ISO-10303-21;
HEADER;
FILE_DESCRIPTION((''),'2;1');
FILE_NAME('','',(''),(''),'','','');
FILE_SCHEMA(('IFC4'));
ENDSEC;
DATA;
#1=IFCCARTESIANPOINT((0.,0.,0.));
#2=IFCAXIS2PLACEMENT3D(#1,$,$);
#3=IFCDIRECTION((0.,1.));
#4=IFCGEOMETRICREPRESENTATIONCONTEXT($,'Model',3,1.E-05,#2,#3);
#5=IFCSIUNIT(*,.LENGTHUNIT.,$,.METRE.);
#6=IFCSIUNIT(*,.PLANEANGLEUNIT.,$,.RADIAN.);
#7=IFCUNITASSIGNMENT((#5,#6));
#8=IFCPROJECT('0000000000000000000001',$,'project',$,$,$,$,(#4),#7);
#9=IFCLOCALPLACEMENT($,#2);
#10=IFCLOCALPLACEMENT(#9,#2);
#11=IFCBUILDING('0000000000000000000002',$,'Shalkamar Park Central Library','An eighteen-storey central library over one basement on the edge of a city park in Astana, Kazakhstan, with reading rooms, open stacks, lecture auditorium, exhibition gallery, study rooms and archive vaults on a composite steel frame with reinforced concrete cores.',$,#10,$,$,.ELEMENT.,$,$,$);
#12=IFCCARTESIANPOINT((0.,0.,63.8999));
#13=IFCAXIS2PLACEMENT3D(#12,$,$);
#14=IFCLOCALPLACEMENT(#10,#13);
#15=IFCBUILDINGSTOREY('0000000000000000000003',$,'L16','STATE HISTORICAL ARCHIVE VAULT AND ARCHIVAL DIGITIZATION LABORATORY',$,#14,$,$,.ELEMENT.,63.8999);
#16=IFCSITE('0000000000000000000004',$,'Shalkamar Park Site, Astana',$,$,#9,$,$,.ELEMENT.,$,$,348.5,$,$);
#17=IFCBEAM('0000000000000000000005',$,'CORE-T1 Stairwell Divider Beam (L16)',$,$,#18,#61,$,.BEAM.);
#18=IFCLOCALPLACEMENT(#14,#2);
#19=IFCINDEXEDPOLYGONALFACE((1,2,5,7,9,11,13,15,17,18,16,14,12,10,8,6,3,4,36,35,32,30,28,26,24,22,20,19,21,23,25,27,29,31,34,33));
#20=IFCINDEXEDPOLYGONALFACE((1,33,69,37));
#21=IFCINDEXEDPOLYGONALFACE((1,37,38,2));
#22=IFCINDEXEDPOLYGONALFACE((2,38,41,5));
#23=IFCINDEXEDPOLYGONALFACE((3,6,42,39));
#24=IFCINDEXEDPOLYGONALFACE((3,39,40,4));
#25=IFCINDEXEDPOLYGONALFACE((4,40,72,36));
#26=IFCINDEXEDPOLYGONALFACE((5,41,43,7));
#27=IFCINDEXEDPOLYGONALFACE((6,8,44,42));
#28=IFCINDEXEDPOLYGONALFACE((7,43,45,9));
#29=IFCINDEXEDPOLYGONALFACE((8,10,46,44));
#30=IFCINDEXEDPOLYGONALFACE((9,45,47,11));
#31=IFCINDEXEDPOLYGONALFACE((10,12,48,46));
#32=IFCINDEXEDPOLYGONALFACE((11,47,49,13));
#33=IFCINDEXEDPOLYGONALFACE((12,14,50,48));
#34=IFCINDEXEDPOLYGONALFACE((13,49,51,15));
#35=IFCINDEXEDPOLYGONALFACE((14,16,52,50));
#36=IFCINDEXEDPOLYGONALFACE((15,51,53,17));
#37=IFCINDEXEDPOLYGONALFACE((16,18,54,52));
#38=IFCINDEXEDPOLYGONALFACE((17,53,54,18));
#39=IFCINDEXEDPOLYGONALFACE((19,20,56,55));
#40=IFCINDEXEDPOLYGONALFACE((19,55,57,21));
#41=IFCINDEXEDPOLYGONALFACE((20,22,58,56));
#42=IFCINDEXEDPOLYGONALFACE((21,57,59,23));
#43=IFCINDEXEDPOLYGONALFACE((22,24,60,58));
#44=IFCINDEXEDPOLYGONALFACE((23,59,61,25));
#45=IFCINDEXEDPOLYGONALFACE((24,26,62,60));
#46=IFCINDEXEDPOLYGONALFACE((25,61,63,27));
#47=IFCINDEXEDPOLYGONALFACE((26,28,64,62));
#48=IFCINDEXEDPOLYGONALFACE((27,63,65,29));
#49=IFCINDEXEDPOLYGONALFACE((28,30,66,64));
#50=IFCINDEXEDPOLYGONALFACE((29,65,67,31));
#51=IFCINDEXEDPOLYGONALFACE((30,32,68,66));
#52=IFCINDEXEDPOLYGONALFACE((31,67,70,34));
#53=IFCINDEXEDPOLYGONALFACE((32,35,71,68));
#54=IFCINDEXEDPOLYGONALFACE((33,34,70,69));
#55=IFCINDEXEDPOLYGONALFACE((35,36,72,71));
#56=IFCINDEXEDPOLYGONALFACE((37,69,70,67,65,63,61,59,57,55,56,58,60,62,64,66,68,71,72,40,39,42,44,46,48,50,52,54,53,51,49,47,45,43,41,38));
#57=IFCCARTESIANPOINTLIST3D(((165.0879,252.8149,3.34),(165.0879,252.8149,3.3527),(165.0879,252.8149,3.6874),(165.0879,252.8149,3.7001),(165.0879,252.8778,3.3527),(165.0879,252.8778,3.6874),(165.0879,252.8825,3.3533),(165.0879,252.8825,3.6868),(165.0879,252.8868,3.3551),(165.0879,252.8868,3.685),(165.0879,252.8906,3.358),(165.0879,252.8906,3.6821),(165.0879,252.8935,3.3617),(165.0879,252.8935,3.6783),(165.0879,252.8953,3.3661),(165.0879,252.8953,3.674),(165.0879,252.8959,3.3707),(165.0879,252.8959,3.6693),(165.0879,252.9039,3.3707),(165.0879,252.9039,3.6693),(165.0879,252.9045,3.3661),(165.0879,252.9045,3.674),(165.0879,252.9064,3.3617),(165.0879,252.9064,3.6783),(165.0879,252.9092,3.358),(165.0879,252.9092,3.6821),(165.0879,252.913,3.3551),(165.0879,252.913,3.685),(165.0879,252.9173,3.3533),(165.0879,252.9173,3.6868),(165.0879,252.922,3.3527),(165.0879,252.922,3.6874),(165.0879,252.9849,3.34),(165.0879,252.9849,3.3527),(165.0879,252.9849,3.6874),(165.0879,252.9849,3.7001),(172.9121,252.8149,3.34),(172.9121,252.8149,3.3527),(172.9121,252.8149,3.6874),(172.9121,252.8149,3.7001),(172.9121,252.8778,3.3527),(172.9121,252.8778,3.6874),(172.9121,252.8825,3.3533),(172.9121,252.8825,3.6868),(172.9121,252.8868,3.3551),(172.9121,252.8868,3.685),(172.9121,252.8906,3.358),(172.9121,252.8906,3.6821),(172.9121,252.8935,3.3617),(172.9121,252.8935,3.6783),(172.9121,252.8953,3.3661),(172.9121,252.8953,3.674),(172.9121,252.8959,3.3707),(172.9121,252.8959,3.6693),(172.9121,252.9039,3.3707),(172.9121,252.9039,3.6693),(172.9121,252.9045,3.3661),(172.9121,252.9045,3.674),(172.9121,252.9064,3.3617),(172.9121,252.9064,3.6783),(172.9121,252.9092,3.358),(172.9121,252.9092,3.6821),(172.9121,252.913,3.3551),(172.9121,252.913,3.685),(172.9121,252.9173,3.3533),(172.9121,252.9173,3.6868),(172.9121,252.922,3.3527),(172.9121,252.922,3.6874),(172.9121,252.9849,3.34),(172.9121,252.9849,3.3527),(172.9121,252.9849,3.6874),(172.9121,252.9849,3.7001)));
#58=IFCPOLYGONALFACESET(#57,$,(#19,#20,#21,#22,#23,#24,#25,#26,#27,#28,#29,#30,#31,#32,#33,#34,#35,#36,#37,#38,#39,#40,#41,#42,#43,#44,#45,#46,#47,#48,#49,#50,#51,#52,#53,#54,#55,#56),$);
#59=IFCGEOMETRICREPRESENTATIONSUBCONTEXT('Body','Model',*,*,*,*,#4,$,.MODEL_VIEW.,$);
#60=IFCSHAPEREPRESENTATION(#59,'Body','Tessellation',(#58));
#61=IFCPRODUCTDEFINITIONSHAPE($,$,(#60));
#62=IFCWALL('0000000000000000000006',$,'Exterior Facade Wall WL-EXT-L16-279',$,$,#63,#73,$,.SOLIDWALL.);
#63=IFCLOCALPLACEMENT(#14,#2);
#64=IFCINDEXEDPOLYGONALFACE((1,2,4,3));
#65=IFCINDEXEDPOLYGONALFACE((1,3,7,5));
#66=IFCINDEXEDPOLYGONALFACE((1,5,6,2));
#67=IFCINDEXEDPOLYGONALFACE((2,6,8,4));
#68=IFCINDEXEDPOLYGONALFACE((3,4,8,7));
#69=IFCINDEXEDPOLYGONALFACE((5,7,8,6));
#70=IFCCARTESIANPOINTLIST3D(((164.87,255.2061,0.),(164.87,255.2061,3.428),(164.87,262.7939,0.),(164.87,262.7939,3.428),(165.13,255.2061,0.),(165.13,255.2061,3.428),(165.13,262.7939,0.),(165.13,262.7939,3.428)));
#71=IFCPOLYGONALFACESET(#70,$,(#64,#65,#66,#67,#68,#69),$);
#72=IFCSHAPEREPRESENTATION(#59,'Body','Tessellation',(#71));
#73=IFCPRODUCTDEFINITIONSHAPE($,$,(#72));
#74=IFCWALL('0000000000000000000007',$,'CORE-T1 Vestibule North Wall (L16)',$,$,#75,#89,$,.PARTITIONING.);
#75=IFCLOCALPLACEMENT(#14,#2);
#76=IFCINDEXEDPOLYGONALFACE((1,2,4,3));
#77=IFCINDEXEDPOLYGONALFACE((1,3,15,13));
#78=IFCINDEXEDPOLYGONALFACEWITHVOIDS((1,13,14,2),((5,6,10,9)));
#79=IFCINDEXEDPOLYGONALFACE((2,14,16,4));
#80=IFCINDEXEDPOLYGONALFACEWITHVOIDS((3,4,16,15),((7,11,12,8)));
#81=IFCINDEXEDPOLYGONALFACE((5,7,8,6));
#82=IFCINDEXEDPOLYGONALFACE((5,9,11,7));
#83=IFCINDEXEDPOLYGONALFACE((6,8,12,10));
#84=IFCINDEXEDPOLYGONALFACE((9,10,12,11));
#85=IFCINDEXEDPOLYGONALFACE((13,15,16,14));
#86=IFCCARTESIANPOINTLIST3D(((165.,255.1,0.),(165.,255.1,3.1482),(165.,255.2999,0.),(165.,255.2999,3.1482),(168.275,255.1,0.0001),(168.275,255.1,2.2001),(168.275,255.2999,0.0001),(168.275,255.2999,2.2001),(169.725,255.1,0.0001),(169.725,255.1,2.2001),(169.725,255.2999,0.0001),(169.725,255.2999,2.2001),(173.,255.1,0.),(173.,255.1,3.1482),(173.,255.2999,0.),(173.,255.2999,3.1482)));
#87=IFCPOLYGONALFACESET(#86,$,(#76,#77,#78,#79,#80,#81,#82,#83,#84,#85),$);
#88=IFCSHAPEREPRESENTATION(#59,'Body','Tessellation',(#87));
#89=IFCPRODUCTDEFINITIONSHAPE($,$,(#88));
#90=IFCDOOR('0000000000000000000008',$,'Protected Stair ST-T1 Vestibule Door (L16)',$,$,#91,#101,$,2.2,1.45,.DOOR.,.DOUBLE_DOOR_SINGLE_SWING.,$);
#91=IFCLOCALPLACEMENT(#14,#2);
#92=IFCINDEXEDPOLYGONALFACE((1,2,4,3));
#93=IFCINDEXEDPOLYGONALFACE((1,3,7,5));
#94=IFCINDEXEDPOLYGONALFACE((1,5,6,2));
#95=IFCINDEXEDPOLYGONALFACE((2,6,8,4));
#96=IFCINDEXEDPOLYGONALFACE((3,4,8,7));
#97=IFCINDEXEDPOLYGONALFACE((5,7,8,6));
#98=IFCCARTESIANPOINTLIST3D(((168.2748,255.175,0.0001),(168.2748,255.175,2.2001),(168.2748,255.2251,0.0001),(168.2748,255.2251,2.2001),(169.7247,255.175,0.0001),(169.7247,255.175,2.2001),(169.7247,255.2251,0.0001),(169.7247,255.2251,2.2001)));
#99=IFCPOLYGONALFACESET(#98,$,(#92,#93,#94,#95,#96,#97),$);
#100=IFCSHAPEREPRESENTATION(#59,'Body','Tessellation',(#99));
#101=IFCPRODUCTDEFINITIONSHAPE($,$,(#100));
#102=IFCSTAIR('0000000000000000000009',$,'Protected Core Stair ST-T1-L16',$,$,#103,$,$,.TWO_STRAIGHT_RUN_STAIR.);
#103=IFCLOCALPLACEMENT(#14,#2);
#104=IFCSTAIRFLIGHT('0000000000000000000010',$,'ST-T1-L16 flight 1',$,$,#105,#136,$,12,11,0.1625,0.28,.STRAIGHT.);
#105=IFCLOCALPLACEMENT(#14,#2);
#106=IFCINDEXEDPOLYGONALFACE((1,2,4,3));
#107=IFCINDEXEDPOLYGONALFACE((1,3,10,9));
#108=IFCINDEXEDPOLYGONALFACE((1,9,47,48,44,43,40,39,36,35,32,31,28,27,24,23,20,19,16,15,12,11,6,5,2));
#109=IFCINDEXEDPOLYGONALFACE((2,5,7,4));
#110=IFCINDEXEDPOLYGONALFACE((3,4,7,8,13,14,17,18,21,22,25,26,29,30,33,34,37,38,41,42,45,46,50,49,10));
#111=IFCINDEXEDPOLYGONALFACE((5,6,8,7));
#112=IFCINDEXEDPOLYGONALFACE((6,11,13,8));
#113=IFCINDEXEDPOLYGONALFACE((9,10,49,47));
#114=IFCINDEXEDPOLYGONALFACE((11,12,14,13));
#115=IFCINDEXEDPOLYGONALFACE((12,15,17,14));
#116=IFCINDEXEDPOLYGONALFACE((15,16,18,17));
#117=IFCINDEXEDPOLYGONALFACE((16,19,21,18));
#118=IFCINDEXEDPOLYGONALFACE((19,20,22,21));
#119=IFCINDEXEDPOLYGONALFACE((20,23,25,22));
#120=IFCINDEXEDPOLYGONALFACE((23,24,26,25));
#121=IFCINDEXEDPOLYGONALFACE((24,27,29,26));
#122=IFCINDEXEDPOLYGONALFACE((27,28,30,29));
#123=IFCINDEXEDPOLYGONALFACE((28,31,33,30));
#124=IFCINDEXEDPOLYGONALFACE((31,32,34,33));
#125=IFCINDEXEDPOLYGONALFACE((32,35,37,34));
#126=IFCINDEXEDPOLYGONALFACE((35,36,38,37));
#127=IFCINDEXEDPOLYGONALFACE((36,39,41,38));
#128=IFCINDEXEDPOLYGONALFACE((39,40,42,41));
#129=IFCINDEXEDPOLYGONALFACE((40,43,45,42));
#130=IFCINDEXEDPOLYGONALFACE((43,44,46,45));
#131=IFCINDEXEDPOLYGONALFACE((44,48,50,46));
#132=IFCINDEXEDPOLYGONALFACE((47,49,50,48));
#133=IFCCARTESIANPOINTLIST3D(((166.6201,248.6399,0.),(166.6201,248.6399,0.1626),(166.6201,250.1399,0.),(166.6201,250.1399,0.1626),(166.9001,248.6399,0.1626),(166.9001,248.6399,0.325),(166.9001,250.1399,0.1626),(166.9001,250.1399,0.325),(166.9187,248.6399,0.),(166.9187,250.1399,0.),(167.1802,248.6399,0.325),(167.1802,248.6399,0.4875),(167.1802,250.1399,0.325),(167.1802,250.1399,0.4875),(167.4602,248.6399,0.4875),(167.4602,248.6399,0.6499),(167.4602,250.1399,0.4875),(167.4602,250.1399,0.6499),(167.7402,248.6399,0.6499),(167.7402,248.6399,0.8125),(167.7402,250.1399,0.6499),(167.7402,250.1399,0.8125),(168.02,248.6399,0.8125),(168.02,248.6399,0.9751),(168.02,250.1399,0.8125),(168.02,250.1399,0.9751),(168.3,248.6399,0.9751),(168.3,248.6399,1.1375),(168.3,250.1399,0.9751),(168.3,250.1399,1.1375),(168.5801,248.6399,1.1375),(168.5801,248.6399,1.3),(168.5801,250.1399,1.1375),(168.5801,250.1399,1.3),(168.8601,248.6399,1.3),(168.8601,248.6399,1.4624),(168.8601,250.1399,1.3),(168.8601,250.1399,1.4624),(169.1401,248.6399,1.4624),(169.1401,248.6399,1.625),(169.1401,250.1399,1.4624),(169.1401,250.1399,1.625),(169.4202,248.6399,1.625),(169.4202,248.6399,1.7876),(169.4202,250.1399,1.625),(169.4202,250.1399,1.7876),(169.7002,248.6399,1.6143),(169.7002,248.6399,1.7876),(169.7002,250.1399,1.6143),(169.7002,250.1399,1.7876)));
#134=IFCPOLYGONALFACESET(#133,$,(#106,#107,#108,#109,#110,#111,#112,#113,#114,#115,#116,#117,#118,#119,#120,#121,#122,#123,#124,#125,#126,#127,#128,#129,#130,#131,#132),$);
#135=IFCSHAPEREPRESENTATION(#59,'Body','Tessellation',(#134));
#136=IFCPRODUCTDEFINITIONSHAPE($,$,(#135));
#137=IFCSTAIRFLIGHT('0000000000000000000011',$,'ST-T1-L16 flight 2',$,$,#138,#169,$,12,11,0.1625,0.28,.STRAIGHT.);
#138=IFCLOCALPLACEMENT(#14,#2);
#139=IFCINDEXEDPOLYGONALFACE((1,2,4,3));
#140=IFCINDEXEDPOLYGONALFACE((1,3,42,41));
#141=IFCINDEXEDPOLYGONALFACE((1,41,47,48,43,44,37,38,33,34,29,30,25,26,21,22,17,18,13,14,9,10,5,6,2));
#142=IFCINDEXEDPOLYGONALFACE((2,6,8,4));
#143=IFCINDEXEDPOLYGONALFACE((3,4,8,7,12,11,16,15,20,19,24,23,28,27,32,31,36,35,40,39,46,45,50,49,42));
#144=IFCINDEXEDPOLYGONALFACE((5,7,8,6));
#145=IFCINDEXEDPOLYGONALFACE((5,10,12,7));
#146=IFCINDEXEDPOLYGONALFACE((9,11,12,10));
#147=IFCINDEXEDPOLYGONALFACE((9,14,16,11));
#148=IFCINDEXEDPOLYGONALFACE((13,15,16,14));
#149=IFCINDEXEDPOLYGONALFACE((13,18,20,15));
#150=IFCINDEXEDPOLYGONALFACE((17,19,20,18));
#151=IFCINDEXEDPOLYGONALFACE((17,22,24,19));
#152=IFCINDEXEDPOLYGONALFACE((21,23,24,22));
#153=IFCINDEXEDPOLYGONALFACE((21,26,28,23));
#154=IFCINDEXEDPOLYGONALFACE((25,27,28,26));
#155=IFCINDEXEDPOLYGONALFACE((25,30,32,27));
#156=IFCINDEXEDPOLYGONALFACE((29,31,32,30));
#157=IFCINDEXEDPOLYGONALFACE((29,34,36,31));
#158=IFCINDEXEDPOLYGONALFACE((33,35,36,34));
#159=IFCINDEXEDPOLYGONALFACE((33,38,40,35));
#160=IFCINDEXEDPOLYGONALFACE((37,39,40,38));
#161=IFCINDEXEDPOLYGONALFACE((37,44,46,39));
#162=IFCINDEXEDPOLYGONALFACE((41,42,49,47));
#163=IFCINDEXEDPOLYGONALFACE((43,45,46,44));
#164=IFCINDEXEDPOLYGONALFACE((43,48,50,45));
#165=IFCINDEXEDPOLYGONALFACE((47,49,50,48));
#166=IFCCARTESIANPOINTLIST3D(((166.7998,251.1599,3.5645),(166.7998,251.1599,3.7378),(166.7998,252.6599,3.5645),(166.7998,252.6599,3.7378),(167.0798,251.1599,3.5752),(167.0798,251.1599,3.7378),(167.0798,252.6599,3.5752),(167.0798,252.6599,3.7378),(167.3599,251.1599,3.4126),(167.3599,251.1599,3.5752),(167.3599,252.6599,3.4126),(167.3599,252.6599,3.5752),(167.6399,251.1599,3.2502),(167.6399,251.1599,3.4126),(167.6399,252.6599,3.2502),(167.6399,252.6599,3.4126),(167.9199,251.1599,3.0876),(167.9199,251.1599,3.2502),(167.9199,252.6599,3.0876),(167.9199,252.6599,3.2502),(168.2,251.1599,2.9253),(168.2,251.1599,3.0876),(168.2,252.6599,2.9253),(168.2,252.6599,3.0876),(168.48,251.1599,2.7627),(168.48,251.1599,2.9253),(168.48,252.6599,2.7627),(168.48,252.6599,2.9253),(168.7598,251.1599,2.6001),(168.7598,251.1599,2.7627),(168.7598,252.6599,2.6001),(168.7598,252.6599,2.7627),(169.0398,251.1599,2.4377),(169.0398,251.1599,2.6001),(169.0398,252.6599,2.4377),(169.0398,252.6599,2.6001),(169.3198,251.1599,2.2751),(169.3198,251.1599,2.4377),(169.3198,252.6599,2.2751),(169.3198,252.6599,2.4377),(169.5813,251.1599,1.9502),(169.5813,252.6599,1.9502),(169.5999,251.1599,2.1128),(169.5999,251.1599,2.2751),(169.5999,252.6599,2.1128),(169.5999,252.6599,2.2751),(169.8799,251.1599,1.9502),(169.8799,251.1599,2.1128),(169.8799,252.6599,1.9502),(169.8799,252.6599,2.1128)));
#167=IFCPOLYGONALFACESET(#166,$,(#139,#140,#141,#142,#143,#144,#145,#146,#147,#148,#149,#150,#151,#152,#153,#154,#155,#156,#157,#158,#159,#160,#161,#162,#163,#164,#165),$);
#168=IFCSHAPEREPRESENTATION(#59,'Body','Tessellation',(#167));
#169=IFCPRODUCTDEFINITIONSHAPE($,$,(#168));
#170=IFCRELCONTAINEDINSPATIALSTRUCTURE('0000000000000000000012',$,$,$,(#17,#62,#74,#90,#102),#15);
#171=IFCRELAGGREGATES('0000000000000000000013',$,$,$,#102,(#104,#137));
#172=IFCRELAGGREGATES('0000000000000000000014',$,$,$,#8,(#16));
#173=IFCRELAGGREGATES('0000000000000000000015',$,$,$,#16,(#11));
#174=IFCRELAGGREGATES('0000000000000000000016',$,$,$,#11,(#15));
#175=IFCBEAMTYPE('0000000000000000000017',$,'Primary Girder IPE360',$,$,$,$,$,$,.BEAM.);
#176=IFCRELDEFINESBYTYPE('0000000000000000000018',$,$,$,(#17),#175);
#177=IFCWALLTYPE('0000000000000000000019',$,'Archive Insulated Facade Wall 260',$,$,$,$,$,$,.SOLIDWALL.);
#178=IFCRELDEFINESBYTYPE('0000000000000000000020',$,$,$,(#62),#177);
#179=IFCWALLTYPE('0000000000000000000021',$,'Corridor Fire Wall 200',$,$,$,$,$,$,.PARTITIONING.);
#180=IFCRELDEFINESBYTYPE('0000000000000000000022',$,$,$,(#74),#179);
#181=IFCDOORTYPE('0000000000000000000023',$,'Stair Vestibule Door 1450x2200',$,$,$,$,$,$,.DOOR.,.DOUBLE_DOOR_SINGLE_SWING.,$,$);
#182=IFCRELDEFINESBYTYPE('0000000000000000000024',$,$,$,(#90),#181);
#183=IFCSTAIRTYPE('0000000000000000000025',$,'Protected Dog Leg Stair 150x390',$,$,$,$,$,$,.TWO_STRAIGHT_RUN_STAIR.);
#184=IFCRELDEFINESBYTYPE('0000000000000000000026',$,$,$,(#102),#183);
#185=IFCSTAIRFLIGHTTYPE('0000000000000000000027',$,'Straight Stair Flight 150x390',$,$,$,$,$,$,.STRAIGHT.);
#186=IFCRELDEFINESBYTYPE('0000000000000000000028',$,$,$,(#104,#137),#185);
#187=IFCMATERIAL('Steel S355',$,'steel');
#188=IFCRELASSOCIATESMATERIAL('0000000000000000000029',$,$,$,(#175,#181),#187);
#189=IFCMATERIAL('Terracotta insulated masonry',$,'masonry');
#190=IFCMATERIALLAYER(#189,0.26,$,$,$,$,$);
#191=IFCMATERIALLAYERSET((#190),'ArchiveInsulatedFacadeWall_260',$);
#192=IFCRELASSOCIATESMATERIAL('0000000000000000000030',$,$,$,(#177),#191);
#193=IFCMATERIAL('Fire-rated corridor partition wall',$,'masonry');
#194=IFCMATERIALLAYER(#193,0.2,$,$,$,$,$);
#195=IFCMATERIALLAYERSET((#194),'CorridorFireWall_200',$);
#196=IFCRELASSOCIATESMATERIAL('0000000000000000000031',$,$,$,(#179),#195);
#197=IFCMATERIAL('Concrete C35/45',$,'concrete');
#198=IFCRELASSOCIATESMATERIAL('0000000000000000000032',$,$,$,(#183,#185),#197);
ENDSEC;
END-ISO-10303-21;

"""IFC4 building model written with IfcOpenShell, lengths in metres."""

from ifc_helpers import new_model, si_unit, direction, frame, frame_2d, origin, origin_2d, place, context, subcontext, project, spatial, polyline, rectangle, i_section, outline, extrude, material, layer, layer_set, material_profile, profile_set, type_object, element, fill, aggregate, save


model = new_model("IFC4")

# Units and contexts
model_context = context("Model", 3, precision=1e-05, world=origin(), true_north=direction((0.0, 1.0)))
body_context = subcontext(model_context, "Body", "Model", "MODEL_VIEW")
ifc_project = project(units=[si_unit("LENGTHUNIT", "METRE"), si_unit("PLANEANGLEUNIT", "RADIAN")], contexts=[model_context])

# Site, building, storey
site_placement = place(None, origin())
site = spatial("IfcSite", under=ifc_project, at=site_placement, Name="Shalkamar Park Site, Astana", CompositionType="ELEMENT", RefElevation=348.5)
building_placement = place(site_placement, origin())
building = spatial("IfcBuilding", under=site, at=building_placement, Name="Shalkamar Park Central Library", Description="An eighteen-storey central library over one basement on the edge of a city park in Astana, Kazakhstan, with reading rooms, open stacks, lecture auditorium, exhibition gallery, study rooms and archive vaults on a composite steel frame with reinforced concrete cores.", CompositionType="ELEMENT")
storey_placement = place(building_placement, frame((0.0, 0.0, 63.8999)))
storey = spatial("IfcBuildingStorey", under=building, at=storey_placement, Name="L16", Description="STATE HISTORICAL ARCHIVE VAULT AND ARCHIVAL DIGITIZATION LABORATORY", CompositionType="ELEMENT", Elevation=63.8999)

# Shared definitions
ifc_material_1 = material(Name="Steel S355", Category="steel")

# Beam
ifc_material_profile_1 = material_profile(ifc_material_1, i_section(OverallWidth=0.1699, OverallDepth=0.3601, WebThickness=0.0081, FlangeThickness=0.0127, FilletRadius=0.0181, at=origin_2d()), Name="IPE 360")
ifc_profile_set_1 = profile_set([ifc_material_profile_1], Name="Steel S355")
beam_type_1 = type_object("IfcBeamType", Name="Primary Girder IPE360", PredefinedType="BEAM", material=ifc_profile_set_1)
beam_1_placement = place(storey_placement, frame((165.0879, 252.8999, 3.52), z_axis=(1.0, 0.0, 0.0), x_axis=(0.0, 1.0, 0.0)))
element("IfcBeam", 1, at=beam_1_placement, inside=storey, type_object=beam_type_1, Name="CORE-T1 Stairwell Divider Beam (L16)", PredefinedType="BEAM", context=body_context, shape_type="SweptSolid", body=[
    extrude(i_section(OverallWidth=0.1699, OverallDepth=0.3601, WebThickness=0.0081, FlangeThickness=0.0127, FilletRadius=0.0181, at=origin_2d()), origin(), (0.0, 0.0, 1.0), 7.8242),
])

# Wall
ifc_material_2 = material(Name="Terracotta insulated masonry", Category="masonry")
ifc_layer_1 = layer(ifc_material_2, 0.26)
ifc_layer_set_1 = layer_set([ifc_layer_1], Name="ArchiveInsulatedFacadeWall_260")
wall_type_1 = type_object("IfcWallType", Name="Archive Insulated Facade Wall 260", PredefinedType="SOLIDWALL", material=ifc_layer_set_1)
wall_1_placement = place(storey_placement, frame((165.0, 255.2061, 0.0), z_axis=(0.0, 0.0, 1.0), x_axis=(0.0, 1.0, 0.0)))
element("IfcWall", 2, at=wall_1_placement, inside=storey, type_object=wall_type_1, Name="Exterior Facade Wall WL-EXT-L16-279", PredefinedType="SOLIDWALL", context=body_context, shape_type="SweptSolid", body=[
    extrude(rectangle(XDim=7.5879, YDim=0.26, at=frame_2d((3.7939, 0.0))), origin(), (0.0, 0.0, 1.0), 3.428),
])

# Wall, opening, door
ifc_material_3 = material(Name="Fire-rated corridor partition wall", Category="masonry")
ifc_layer_2 = layer(ifc_material_3, 0.2)
ifc_layer_set_2 = layer_set([ifc_layer_2], Name="CorridorFireWall_200")
wall_type_2 = type_object("IfcWallType", Name="Corridor Fire Wall 200", PredefinedType="PARTITIONING", material=ifc_layer_set_2)
wall_2_placement = place(storey_placement, frame((165.0, 255.2, 0.0), z_axis=(0.0, 0.0, 1.0), x_axis=(1.0, 0.0, 0.0)))
wall_2 = element("IfcWall", 3, at=wall_2_placement, inside=storey, type_object=wall_type_2, Name="CORE-T1 Vestibule North Wall (L16)", PredefinedType="PARTITIONING", context=body_context, shape_type="SweptSolid", body=[
    extrude(rectangle(XDim=8.0, YDim=0.2, at=frame_2d((4.0, 0.0))), origin(), (0.0, 0.0, 1.0), 3.1482),
])
opening_1_placement = place(wall_2_placement, frame((3.2749, 0.0, 0.0)))
opening_1 = element("IfcOpeningElement", 4, at=opening_1_placement, cuts=wall_2, PredefinedType="OPENING", context=body_context, shape_type="SweptSolid", body=[
    extrude(rectangle(XDim=1.45, YDim=2.2, at=frame_2d((0.7251, 1.1001))), frame((0.0, 0.1147, 0.0), z_axis=(0.0, -1.0, 0.0), x_axis=(1.0, 0.0, 0.0)), (0.0, 0.0, 1.0), 0.2297),
])
door_type_1 = type_object("IfcDoorType", Name="Stair Vestibule Door 1450x2200", OperationType="DOUBLE_DOOR_SINGLE_SWING", PredefinedType="DOOR", material=ifc_material_1)
door_1_placement = place(opening_1_placement, frame((1.45, 0.0, 0.0), z_axis=(0.0, 0.0, 1.0), x_axis=(-1.0, 0.0, 0.0)))
door_1 = element("IfcDoor", 5, at=door_1_placement, inside=storey, type_object=door_type_1, Name="Protected Stair ST-T1 Vestibule Door (L16)", OperationType="DOUBLE_DOOR_SINGLE_SWING", OverallHeight=2.2, OverallWidth=1.45, PredefinedType="DOOR", context=body_context, shape_type="SweptSolid", body=[
    extrude(rectangle(XDim=1.45, YDim=2.2, at=frame_2d((0.7251, 1.1001))), frame((0.0, 0.0249, 0.0), z_axis=(0.0, -1.0, 0.0), x_axis=(1.0, 0.0, 0.0)), (0.0, 0.0, 1.0), 0.05),
])
fill(opening_1, door_1)

# Stair, stair flights
ifc_material_4 = material(Name="Concrete C35/45", Category="concrete")
stair_type = type_object("IfcStairType", Name="Protected Dog Leg Stair 150x390", PredefinedType="TWO_STRAIGHT_RUN_STAIR", material=ifc_material_4)
stair_placement = place(storey_placement, origin())
stair = element("IfcStair", 6, at=stair_placement, inside=storey, type_object=stair_type, Name="Protected Core Stair ST-T1-L16", PredefinedType="TWO_STRAIGHT_RUN_STAIR")
stair_flight_type = type_object("IfcStairFlightType", Name="Straight Stair Flight 150x390", PredefinedType="STRAIGHT", material=ifc_material_4)
stair_flight_1_placement = place(storey_placement, frame((166.6201, 249.3899, 0.0), z_axis=(0.0, 0.0, 1.0), x_axis=(1.0, 0.0, 0.0)))
stair_flight_1 = element("IfcStairFlight", 7, at=stair_flight_1_placement, type_object=stair_flight_type, Name="ST-T1-L16 flight 1", NumberOfRisers=12, NumberOfTreads=11, PredefinedType="STRAIGHT", RiserHeight=0.1625, TreadLength=0.28, context=body_context, shape_type="SweptSolid", body=[
    extrude(outline(polyline([(0.0, 0.0), (0.0, 0.1626), (0.28, 0.1626), (0.28, 0.325), (0.5601, 0.325), (0.5601, 0.4875), (0.8401, 0.4875), (0.8401, 0.6499), (1.1201, 0.6499), (1.1201, 0.8125), (1.3999, 0.8125), (1.3999, 0.9751), (1.6799, 0.9751), (1.6799, 1.1375), (1.96, 1.1375), (1.96, 1.3), (2.24, 1.3), (2.24, 1.4624), (2.52, 1.4624), (2.52, 1.625), (2.8, 1.625), (2.8, 1.7876), (3.0801, 1.7876), (3.0801, 1.95), (3.0801, 1.6143), (0.2986, 0.0), (0.0, 0.0)])), frame((0.0, 0.75, 0.0), z_axis=(0.0, -1.0, 0.0), x_axis=(1.0, 0.0, 0.0)), (0.0, 0.0, 1.0), 1.5),
])
stair_flight_2_placement = place(storey_placement, frame((169.8799, 251.9099, 1.9502), z_axis=(0.0, 0.0, 1.0), x_axis=(-1.0, 0.0, 0.0)))
stair_flight_2 = element("IfcStairFlight", 8, at=stair_flight_2_placement, type_object=stair_flight_type, Name="ST-T1-L16 flight 2", NumberOfRisers=12, NumberOfTreads=11, PredefinedType="STRAIGHT", RiserHeight=0.1625, TreadLength=0.28, context=body_context, shape_type="SweptSolid", body=[
    extrude(outline(polyline([(0.0, 0.0), (0.0, 0.1626), (0.28, 0.1626), (0.28, 0.325), (0.5601, 0.325), (0.5601, 0.4875), (0.8401, 0.4875), (0.8401, 0.6499), (1.1201, 0.6499), (1.1201, 0.8125), (1.3999, 0.8125), (1.3999, 0.9751), (1.6799, 0.9751), (1.6799, 1.1375), (1.96, 1.1375), (1.96, 1.3), (2.24, 1.3), (2.24, 1.4624), (2.52, 1.4624), (2.52, 1.625), (2.8, 1.625), (2.8, 1.7876), (3.0801, 1.7876), (3.0801, 1.95), (3.0801, 1.6143), (0.2986, 0.0), (0.0, 0.0)])), frame((0.0, 0.75, 0.0), z_axis=(0.0, -1.0, 0.0), x_axis=(1.0, 0.0, 0.0)), (0.0, 0.0, 1.0), 1.5),
])
aggregate(stair, [stair_flight_1, stair_flight_2])

save(model, "model.ifc")
